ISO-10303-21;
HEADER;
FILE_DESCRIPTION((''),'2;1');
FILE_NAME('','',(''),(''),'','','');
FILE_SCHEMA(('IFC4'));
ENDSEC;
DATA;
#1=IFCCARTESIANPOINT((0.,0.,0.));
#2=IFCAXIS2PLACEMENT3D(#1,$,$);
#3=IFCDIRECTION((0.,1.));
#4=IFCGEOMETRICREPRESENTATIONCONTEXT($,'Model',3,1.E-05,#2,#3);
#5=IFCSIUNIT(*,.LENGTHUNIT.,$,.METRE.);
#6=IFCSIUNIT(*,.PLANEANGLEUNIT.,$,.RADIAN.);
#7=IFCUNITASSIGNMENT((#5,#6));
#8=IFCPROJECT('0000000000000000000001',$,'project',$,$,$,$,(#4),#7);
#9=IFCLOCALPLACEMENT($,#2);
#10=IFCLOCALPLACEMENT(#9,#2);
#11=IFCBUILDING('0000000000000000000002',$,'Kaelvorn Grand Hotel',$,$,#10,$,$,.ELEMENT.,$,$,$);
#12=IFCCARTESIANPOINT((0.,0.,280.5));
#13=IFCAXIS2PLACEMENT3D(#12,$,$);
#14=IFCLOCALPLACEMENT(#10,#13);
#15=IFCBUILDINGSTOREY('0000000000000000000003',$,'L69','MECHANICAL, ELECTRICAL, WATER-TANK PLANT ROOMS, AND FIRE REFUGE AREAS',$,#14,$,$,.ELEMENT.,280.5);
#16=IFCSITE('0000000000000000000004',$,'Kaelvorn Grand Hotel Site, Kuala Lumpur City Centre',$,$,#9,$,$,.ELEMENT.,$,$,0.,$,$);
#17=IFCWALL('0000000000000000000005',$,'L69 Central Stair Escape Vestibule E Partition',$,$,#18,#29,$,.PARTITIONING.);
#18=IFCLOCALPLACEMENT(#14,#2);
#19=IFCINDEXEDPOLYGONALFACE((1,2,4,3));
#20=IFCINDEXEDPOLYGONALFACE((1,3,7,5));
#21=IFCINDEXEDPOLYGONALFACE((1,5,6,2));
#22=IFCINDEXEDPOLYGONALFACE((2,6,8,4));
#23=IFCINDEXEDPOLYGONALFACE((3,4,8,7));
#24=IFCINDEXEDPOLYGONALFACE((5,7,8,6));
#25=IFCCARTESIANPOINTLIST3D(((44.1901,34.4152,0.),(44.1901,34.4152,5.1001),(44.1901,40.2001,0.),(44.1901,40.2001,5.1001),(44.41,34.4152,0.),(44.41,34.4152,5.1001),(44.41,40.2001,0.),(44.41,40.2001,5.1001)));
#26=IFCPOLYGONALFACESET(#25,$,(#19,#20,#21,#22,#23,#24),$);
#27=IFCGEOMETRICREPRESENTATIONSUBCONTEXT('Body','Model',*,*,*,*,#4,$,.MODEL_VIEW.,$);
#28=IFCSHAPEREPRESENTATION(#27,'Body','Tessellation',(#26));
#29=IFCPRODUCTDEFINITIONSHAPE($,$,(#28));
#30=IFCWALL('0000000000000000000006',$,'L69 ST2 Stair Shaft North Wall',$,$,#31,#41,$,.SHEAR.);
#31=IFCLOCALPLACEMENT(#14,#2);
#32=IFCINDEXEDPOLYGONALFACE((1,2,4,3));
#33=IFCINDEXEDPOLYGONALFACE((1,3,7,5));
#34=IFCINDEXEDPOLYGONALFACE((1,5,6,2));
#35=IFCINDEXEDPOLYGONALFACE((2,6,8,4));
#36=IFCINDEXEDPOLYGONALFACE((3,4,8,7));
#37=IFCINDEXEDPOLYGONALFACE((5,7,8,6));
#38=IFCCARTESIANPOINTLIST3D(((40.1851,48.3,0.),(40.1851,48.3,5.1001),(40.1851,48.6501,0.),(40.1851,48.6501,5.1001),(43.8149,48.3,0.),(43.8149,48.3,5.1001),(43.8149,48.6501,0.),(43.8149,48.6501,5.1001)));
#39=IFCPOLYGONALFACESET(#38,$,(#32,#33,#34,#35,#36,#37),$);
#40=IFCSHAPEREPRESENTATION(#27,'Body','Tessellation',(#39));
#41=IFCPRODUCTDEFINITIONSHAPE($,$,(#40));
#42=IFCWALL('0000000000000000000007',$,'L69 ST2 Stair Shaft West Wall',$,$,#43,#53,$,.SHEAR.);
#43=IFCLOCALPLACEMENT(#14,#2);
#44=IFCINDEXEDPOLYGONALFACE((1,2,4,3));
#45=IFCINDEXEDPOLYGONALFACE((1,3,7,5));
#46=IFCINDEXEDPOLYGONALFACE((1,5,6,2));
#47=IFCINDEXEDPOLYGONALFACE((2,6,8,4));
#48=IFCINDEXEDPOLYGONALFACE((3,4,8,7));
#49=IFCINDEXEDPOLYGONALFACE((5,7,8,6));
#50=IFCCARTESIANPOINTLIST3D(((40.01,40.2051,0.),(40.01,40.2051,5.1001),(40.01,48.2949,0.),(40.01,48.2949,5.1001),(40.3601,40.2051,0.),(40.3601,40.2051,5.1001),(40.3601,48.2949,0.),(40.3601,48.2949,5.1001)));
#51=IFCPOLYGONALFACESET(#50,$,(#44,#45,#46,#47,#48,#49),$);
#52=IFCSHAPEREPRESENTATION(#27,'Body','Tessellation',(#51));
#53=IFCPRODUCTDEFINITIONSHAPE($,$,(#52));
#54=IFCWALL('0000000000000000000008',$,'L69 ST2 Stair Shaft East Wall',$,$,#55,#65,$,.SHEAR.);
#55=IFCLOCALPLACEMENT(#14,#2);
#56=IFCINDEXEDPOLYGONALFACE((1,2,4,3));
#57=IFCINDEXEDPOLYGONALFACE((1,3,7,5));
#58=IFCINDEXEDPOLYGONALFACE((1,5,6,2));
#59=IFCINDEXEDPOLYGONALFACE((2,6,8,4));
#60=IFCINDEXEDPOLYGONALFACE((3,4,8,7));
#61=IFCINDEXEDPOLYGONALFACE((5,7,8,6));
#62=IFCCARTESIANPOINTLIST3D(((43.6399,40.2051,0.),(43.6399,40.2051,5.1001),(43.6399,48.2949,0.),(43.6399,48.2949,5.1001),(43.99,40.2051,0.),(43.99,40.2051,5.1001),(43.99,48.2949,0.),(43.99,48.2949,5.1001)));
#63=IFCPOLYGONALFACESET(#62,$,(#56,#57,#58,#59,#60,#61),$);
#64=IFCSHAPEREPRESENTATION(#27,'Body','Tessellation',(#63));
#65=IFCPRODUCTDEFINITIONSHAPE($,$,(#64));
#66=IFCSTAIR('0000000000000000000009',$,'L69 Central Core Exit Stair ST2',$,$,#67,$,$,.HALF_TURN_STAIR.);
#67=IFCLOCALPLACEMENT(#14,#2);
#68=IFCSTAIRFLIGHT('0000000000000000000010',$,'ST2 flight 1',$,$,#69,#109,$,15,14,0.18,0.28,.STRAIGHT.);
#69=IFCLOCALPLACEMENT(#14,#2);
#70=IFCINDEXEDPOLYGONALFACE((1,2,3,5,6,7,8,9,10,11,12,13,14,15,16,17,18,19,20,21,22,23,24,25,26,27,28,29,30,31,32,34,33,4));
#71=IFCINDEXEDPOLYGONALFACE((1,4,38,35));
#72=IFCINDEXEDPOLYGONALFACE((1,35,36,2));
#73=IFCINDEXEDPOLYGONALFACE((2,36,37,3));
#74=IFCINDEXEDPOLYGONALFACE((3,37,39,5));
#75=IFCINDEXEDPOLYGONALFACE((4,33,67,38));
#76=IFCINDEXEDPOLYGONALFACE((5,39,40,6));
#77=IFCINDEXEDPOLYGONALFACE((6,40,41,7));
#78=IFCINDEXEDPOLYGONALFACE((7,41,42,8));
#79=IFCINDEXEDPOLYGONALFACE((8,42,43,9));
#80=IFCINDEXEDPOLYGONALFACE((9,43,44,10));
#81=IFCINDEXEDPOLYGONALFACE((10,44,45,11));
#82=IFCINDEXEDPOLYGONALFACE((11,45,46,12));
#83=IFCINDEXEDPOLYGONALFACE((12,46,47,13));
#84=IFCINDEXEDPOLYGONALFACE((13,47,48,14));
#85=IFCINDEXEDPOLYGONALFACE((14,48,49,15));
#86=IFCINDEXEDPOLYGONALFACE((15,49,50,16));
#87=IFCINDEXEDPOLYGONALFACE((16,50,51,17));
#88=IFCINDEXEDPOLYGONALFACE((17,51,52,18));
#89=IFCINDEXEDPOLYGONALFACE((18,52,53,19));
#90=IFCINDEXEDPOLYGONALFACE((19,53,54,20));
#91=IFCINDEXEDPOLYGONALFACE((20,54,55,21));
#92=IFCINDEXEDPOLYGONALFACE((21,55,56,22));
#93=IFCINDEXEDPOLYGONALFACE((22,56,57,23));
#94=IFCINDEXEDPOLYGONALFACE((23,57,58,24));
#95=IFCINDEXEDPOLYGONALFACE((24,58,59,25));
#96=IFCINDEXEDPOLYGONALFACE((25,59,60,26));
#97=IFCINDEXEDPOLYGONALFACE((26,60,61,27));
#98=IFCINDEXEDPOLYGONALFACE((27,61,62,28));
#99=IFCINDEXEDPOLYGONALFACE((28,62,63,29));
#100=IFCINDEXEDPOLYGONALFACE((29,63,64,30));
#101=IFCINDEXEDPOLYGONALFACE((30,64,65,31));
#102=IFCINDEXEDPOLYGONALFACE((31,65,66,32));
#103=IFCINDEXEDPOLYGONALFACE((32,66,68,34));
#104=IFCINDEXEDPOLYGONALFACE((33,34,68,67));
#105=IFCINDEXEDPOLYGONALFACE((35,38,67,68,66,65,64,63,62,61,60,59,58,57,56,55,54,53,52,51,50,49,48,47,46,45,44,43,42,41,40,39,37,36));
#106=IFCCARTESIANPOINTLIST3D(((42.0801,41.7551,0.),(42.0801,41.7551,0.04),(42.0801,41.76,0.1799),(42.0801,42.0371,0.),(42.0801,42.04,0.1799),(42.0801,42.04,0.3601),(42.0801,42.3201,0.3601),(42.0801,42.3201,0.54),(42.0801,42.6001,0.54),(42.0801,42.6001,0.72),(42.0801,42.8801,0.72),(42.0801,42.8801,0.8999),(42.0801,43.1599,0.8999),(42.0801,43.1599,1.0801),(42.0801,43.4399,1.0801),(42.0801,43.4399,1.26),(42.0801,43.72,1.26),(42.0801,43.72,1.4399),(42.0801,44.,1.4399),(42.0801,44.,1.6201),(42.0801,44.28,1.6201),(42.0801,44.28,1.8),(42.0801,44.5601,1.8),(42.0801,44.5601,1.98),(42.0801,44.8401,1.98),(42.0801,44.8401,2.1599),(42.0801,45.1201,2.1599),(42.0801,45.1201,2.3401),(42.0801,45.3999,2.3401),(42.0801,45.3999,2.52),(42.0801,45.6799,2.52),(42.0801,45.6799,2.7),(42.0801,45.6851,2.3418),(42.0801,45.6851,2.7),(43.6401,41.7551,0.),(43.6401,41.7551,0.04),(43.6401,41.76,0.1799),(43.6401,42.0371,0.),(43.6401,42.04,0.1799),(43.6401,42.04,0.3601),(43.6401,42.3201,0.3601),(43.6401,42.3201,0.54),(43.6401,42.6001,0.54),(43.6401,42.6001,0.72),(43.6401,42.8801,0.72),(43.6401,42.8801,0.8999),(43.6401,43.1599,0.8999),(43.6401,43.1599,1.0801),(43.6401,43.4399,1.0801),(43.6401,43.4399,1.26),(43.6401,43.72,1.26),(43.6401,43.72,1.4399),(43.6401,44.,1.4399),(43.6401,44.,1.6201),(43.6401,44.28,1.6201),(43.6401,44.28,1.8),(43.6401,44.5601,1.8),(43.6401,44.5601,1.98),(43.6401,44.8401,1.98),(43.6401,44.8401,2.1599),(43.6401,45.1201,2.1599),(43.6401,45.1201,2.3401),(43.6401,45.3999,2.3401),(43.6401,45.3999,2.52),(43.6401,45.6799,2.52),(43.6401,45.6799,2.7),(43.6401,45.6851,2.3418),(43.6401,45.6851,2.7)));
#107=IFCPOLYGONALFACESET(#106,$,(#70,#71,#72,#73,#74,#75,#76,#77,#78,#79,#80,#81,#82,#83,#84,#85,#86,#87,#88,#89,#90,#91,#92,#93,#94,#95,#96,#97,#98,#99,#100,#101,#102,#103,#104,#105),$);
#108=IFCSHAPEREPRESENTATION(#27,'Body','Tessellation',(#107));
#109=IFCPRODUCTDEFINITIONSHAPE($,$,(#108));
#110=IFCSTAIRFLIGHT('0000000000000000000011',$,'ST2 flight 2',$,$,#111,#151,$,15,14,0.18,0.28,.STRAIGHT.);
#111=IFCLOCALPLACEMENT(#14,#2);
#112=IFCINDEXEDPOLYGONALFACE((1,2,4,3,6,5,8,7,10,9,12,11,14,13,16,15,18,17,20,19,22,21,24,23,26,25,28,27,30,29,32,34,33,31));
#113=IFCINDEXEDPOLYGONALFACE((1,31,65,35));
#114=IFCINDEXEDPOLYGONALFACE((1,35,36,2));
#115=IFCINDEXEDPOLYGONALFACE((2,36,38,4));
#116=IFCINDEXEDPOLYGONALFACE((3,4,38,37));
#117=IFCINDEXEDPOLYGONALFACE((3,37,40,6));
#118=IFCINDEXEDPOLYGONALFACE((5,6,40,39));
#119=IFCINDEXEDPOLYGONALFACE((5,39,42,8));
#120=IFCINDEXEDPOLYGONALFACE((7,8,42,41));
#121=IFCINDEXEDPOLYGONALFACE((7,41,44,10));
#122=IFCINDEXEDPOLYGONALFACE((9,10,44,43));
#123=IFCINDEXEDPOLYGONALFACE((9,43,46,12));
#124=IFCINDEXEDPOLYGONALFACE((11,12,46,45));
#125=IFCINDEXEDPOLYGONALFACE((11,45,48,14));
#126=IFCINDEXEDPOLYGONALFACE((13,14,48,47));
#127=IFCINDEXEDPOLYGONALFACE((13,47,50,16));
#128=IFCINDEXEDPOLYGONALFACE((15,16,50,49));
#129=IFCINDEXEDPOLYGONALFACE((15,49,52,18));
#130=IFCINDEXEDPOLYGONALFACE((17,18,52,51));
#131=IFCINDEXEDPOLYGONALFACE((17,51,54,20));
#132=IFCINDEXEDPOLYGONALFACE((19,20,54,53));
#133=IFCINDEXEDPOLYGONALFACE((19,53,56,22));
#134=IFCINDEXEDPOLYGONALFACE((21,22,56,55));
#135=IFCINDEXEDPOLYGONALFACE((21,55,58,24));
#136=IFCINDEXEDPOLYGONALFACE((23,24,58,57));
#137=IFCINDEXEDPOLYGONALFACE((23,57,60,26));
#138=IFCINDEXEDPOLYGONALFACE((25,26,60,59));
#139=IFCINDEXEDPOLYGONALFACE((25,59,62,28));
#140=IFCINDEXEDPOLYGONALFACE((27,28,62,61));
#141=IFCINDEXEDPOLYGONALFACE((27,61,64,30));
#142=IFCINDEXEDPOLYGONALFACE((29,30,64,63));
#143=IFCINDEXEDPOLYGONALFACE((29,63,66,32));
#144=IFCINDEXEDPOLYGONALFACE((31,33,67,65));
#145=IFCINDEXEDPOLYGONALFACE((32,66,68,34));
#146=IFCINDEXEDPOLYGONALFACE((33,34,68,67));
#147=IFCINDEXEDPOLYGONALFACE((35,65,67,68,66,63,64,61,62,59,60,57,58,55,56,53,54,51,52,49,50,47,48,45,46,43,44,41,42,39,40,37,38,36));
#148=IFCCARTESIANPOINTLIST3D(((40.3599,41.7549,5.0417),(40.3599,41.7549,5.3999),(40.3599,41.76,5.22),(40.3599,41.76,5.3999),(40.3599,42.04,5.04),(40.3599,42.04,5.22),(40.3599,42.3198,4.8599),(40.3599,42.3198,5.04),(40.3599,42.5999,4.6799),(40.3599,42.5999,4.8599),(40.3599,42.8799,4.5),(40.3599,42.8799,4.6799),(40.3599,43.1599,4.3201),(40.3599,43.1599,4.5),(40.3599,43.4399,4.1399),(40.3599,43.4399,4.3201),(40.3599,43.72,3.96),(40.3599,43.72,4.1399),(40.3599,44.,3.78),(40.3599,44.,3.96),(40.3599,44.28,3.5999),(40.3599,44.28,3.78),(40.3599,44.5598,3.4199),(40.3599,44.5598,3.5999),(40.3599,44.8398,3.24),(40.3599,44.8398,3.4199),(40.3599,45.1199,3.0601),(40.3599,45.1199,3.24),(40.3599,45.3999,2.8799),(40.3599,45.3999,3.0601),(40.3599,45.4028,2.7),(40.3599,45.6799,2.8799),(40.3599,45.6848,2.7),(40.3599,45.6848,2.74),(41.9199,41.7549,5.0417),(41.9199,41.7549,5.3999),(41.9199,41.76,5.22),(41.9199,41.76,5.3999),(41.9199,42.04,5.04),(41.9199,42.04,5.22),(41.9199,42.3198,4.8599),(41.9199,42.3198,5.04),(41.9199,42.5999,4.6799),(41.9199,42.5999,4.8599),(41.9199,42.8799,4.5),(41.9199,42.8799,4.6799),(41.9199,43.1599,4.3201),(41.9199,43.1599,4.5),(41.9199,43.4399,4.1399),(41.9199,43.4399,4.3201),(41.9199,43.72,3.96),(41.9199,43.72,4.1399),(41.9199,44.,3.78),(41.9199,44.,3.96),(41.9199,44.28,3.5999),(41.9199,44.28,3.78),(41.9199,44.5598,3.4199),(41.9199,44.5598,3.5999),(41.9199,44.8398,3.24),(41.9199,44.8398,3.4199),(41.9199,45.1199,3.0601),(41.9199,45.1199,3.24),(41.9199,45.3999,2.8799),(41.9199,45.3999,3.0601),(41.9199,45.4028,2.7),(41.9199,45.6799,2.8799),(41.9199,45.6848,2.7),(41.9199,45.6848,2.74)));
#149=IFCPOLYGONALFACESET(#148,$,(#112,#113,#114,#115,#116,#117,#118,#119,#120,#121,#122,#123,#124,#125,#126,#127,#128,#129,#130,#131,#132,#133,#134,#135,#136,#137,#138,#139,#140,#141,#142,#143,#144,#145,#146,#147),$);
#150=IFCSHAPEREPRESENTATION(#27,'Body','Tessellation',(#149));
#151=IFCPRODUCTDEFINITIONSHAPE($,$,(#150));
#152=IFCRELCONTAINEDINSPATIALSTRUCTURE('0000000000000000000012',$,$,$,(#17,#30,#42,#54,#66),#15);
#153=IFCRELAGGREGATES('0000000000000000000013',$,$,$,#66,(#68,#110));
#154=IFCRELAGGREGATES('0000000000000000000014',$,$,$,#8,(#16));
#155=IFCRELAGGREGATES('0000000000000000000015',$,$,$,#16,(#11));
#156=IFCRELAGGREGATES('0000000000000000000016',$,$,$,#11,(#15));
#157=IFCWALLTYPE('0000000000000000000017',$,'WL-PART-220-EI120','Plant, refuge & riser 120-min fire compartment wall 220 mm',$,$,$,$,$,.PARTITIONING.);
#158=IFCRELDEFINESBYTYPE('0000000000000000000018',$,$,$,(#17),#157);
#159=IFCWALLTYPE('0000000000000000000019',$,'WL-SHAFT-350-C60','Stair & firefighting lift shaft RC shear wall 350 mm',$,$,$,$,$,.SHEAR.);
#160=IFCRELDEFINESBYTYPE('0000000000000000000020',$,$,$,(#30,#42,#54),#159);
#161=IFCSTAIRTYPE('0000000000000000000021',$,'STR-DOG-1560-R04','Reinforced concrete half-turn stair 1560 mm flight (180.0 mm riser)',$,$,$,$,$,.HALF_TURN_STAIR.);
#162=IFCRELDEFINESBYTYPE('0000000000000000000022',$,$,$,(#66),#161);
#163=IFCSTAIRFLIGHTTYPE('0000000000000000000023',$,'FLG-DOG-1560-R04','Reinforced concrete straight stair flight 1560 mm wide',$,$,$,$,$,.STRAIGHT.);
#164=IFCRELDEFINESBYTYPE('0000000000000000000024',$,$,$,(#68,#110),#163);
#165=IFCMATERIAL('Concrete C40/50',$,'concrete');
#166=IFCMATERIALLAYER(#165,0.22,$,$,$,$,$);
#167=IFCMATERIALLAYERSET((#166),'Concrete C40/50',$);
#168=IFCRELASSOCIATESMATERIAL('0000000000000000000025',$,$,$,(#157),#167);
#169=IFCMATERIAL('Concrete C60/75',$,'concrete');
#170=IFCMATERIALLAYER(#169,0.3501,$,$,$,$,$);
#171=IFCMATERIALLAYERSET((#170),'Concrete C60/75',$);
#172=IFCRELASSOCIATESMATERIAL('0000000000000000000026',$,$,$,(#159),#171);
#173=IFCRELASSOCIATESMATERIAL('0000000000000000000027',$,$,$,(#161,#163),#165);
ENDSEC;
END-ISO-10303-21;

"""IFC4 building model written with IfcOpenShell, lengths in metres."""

from ifc_helpers import new_model, si_unit, direction, frame, frame_2d, origin, place, context, subcontext, project, spatial, polyline, rectangle, outline, extrude, material, layer, layer_set, type_object, element, aggregate, save


model = new_model("IFC4")

# Units and contexts
model_context = context("Model", 3, precision=1e-05, world=origin(), true_north=direction((0.0, 1.0)))
body_context = subcontext(model_context, "Body", "Model", "MODEL_VIEW")
ifc_project = project(units=[si_unit("LENGTHUNIT", "METRE"), si_unit("PLANEANGLEUNIT", "RADIAN")], contexts=[model_context])

# Site, building, storey
site_placement = place(None, origin())
site = spatial("IfcSite", under=ifc_project, at=site_placement, Name="Kaelvorn Grand Hotel Site, Kuala Lumpur City Centre", CompositionType="ELEMENT", RefElevation=0.0)
building_placement = place(site_placement, origin())
building = spatial("IfcBuilding", under=site, at=building_placement, Name="Kaelvorn Grand Hotel", CompositionType="ELEMENT")
storey_placement = place(building_placement, frame((0.0, 0.0, 280.5)))
storey = spatial("IfcBuildingStorey", under=building, at=storey_placement, Name="L69", Description="MECHANICAL, ELECTRICAL, WATER-TANK PLANT ROOMS, AND FIRE REFUGE AREAS", CompositionType="ELEMENT", Elevation=280.5)

# Walls
ifc_material_1 = material(Name="Concrete C40/50", Category="concrete")
ifc_layer_1 = layer(ifc_material_1, 0.22)
ifc_layer_set_1 = layer_set([ifc_layer_1], Name="Concrete C40/50")
wall_type_1 = type_object("IfcWallType", Name="WL-PART-220-EI120", Description="Plant, refuge & riser 120-min fire compartment wall 220 mm", PredefinedType="PARTITIONING", material=ifc_layer_set_1)
wall_1_placement = place(storey_placement, frame((44.3, 34.415, 0.0), z_axis=(0.0, 0.0, 1.0), x_axis=(0.0, 1.0, 0.0)))
element("IfcWall", 1, at=wall_1_placement, inside=storey, type_object=wall_type_1, Name="L69 Central Stair Escape Vestibule E Partition", PredefinedType="PARTITIONING", context=body_context, shape_type="SweptSolid", body=[
    extrude(rectangle(XDim=5.7849, YDim=0.22, at=frame_2d((2.8926, 0.0))), origin(), (0.0, 0.0, 1.0), 5.1001),
])
ifc_material_2 = material(Name="Concrete C60/75", Category="concrete")
ifc_layer_2 = layer(ifc_material_2, 0.3501)
ifc_layer_set_2 = layer_set([ifc_layer_2], Name="Concrete C60/75")
wall_type_2 = type_object("IfcWallType", Name="WL-SHAFT-350-C60", Description="Stair & firefighting lift shaft RC shear wall 350 mm", PredefinedType="SHEAR", material=ifc_layer_set_2)
wall_2_placement = place(storey_placement, frame((40.1851, 48.4751, 0.0), z_axis=(0.0, 0.0, 1.0), x_axis=(1.0, 0.0, 0.0)))
element("IfcWall", 2, at=wall_2_placement, inside=storey, type_object=wall_type_2, Name="L69 ST2 Stair Shaft North Wall", PredefinedType="SHEAR", context=body_context, shape_type="SweptSolid", body=[
    extrude(rectangle(XDim=3.6299, YDim=0.3501, at=frame_2d((1.8149, 0.0))), origin(), (0.0, 0.0, 1.0), 5.1001),
])
for number, where, z_axis, x_axis, name in (
    (3, (40.1851, 40.2051, 0.0), (0.0, 0.0, 1.0), (0.0, 1.0, 0.0), "L69 ST2 Stair Shaft West Wall"),
    (4, (43.8149, 40.2051, 0.0), (0.0, 0.0, 1.0), (0.0, 1.0, 0.0), "L69 ST2 Stair Shaft East Wall"),
):
    element("IfcWall", number, at=place(storey_placement, frame(where, z_axis=z_axis, x_axis=x_axis)), inside=storey, type_object=wall_type_2, Name=name, PredefinedType="SHEAR", context=body_context, shape_type="SweptSolid", body=[
        extrude(rectangle(XDim=8.0898, YDim=0.3501, at=frame_2d((4.0449, 0.0))), origin(), (0.0, 0.0, 1.0), 5.1001),
    ])

# Stair, stair flights
stair_type = type_object("IfcStairType", Name="STR-DOG-1560-R04", Description="Reinforced concrete half-turn stair 1560 mm flight (180.0 mm riser)", PredefinedType="HALF_TURN_STAIR", material=ifc_material_1)
stair_placement = place(storey_placement, origin())
stair = element("IfcStair", 5, at=stair_placement, inside=storey, type_object=stair_type, Name="L69 Central Core Exit Stair ST2", PredefinedType="HALF_TURN_STAIR")
stair_flight_type = type_object("IfcStairFlightType", Name="FLG-DOG-1560-R04", Description="Reinforced concrete straight stair flight 1560 mm wide", PredefinedType="STRAIGHT", material=ifc_material_1)
stair_flight_1_placement = place(storey_placement, frame((42.8601, 41.76, 0.0), z_axis=(0.0, 0.0, 1.0), x_axis=(0.0, 1.0, 0.0)))
stair_flight_1 = element("IfcStairFlight", 6, at=stair_flight_1_placement, type_object=stair_flight_type, Name="ST2 flight 1", NumberOfRisers=15, NumberOfTreads=14, PredefinedType="STRAIGHT", RiserHeight=0.18, TreadLength=0.28, context=body_context, shape_type="SweptSolid", body=[
    extrude(outline(polyline([(-0.0049, 0.0), (-0.0049, 0.04), (0.0, 0.1799), (0.28, 0.1799), (0.28, 0.3601), (0.5601, 0.3601), (0.5601, 0.54), (0.8401, 0.54), (0.8401, 0.72), (1.1201, 0.72), (1.1201, 0.8999), (1.3999, 0.8999), (1.3999, 1.0801), (1.6799, 1.0801), (1.6799, 1.26), (1.96, 1.26), (1.96, 1.4399), (2.24, 1.4399), (2.24, 1.6201), (2.52, 1.6201), (2.52, 1.8), (2.8, 1.8), (2.8, 1.98), (3.0801, 1.98), (3.0801, 2.1599), (3.3601, 2.1599), (3.3601, 2.3401), (3.6399, 2.3401), (3.6399, 2.52), (3.9199, 2.52), (3.9199, 2.7), (3.925, 2.7), (3.925, 2.3418), (0.2771, 0.0), (-0.0049, 0.0)])), frame((0.0, 0.78, 0.0), z_axis=(0.0, -1.0, 0.0), x_axis=(1.0, 0.0, 0.0)), (0.0, 0.0, 1.0), 1.5601),
])
stair_flight_2_placement = place(storey_placement, frame((41.1399, 45.6799, 2.7), z_axis=(0.0, 0.0, 1.0), x_axis=(0.0, -1.0, 0.0)))
stair_flight_2 = element("IfcStairFlight", 7, at=stair_flight_2_placement, type_object=stair_flight_type, Name="ST2 flight 2", NumberOfRisers=15, NumberOfTreads=14, PredefinedType="STRAIGHT", RiserHeight=0.18, TreadLength=0.28, context=body_context, shape_type="SweptSolid", body=[
    extrude(outline(polyline([(-0.0049, 0.0), (-0.0049, 0.04), (0.0, 0.1799), (0.28, 0.1799), (0.28, 0.3601), (0.5601, 0.3601), (0.5601, 0.54), (0.8401, 0.54), (0.8401, 0.72), (1.1201, 0.72), (1.1201, 0.8999), (1.3999, 0.8999), (1.3999, 1.0801), (1.6799, 1.0801), (1.6799, 1.26), (1.96, 1.26), (1.96, 1.4399), (2.24, 1.4399), (2.24, 1.6201), (2.52, 1.6201), (2.52, 1.8), (2.8, 1.8), (2.8, 1.98), (3.0801, 1.98), (3.0801, 2.1599), (3.3601, 2.1599), (3.3601, 2.3401), (3.6399, 2.3401), (3.6399, 2.52), (3.9199, 2.52), (3.9199, 2.7), (3.925, 2.7), (3.925, 2.3418), (0.2771, 0.0), (-0.0049, 0.0)])), frame((0.0, 0.78, 0.0), z_axis=(0.0, -1.0, 0.0), x_axis=(1.0, 0.0, 0.0)), (0.0, 0.0, 1.0), 1.5601),
])
aggregate(stair, [stair_flight_1, stair_flight_2])

save(model, "model.ifc")
